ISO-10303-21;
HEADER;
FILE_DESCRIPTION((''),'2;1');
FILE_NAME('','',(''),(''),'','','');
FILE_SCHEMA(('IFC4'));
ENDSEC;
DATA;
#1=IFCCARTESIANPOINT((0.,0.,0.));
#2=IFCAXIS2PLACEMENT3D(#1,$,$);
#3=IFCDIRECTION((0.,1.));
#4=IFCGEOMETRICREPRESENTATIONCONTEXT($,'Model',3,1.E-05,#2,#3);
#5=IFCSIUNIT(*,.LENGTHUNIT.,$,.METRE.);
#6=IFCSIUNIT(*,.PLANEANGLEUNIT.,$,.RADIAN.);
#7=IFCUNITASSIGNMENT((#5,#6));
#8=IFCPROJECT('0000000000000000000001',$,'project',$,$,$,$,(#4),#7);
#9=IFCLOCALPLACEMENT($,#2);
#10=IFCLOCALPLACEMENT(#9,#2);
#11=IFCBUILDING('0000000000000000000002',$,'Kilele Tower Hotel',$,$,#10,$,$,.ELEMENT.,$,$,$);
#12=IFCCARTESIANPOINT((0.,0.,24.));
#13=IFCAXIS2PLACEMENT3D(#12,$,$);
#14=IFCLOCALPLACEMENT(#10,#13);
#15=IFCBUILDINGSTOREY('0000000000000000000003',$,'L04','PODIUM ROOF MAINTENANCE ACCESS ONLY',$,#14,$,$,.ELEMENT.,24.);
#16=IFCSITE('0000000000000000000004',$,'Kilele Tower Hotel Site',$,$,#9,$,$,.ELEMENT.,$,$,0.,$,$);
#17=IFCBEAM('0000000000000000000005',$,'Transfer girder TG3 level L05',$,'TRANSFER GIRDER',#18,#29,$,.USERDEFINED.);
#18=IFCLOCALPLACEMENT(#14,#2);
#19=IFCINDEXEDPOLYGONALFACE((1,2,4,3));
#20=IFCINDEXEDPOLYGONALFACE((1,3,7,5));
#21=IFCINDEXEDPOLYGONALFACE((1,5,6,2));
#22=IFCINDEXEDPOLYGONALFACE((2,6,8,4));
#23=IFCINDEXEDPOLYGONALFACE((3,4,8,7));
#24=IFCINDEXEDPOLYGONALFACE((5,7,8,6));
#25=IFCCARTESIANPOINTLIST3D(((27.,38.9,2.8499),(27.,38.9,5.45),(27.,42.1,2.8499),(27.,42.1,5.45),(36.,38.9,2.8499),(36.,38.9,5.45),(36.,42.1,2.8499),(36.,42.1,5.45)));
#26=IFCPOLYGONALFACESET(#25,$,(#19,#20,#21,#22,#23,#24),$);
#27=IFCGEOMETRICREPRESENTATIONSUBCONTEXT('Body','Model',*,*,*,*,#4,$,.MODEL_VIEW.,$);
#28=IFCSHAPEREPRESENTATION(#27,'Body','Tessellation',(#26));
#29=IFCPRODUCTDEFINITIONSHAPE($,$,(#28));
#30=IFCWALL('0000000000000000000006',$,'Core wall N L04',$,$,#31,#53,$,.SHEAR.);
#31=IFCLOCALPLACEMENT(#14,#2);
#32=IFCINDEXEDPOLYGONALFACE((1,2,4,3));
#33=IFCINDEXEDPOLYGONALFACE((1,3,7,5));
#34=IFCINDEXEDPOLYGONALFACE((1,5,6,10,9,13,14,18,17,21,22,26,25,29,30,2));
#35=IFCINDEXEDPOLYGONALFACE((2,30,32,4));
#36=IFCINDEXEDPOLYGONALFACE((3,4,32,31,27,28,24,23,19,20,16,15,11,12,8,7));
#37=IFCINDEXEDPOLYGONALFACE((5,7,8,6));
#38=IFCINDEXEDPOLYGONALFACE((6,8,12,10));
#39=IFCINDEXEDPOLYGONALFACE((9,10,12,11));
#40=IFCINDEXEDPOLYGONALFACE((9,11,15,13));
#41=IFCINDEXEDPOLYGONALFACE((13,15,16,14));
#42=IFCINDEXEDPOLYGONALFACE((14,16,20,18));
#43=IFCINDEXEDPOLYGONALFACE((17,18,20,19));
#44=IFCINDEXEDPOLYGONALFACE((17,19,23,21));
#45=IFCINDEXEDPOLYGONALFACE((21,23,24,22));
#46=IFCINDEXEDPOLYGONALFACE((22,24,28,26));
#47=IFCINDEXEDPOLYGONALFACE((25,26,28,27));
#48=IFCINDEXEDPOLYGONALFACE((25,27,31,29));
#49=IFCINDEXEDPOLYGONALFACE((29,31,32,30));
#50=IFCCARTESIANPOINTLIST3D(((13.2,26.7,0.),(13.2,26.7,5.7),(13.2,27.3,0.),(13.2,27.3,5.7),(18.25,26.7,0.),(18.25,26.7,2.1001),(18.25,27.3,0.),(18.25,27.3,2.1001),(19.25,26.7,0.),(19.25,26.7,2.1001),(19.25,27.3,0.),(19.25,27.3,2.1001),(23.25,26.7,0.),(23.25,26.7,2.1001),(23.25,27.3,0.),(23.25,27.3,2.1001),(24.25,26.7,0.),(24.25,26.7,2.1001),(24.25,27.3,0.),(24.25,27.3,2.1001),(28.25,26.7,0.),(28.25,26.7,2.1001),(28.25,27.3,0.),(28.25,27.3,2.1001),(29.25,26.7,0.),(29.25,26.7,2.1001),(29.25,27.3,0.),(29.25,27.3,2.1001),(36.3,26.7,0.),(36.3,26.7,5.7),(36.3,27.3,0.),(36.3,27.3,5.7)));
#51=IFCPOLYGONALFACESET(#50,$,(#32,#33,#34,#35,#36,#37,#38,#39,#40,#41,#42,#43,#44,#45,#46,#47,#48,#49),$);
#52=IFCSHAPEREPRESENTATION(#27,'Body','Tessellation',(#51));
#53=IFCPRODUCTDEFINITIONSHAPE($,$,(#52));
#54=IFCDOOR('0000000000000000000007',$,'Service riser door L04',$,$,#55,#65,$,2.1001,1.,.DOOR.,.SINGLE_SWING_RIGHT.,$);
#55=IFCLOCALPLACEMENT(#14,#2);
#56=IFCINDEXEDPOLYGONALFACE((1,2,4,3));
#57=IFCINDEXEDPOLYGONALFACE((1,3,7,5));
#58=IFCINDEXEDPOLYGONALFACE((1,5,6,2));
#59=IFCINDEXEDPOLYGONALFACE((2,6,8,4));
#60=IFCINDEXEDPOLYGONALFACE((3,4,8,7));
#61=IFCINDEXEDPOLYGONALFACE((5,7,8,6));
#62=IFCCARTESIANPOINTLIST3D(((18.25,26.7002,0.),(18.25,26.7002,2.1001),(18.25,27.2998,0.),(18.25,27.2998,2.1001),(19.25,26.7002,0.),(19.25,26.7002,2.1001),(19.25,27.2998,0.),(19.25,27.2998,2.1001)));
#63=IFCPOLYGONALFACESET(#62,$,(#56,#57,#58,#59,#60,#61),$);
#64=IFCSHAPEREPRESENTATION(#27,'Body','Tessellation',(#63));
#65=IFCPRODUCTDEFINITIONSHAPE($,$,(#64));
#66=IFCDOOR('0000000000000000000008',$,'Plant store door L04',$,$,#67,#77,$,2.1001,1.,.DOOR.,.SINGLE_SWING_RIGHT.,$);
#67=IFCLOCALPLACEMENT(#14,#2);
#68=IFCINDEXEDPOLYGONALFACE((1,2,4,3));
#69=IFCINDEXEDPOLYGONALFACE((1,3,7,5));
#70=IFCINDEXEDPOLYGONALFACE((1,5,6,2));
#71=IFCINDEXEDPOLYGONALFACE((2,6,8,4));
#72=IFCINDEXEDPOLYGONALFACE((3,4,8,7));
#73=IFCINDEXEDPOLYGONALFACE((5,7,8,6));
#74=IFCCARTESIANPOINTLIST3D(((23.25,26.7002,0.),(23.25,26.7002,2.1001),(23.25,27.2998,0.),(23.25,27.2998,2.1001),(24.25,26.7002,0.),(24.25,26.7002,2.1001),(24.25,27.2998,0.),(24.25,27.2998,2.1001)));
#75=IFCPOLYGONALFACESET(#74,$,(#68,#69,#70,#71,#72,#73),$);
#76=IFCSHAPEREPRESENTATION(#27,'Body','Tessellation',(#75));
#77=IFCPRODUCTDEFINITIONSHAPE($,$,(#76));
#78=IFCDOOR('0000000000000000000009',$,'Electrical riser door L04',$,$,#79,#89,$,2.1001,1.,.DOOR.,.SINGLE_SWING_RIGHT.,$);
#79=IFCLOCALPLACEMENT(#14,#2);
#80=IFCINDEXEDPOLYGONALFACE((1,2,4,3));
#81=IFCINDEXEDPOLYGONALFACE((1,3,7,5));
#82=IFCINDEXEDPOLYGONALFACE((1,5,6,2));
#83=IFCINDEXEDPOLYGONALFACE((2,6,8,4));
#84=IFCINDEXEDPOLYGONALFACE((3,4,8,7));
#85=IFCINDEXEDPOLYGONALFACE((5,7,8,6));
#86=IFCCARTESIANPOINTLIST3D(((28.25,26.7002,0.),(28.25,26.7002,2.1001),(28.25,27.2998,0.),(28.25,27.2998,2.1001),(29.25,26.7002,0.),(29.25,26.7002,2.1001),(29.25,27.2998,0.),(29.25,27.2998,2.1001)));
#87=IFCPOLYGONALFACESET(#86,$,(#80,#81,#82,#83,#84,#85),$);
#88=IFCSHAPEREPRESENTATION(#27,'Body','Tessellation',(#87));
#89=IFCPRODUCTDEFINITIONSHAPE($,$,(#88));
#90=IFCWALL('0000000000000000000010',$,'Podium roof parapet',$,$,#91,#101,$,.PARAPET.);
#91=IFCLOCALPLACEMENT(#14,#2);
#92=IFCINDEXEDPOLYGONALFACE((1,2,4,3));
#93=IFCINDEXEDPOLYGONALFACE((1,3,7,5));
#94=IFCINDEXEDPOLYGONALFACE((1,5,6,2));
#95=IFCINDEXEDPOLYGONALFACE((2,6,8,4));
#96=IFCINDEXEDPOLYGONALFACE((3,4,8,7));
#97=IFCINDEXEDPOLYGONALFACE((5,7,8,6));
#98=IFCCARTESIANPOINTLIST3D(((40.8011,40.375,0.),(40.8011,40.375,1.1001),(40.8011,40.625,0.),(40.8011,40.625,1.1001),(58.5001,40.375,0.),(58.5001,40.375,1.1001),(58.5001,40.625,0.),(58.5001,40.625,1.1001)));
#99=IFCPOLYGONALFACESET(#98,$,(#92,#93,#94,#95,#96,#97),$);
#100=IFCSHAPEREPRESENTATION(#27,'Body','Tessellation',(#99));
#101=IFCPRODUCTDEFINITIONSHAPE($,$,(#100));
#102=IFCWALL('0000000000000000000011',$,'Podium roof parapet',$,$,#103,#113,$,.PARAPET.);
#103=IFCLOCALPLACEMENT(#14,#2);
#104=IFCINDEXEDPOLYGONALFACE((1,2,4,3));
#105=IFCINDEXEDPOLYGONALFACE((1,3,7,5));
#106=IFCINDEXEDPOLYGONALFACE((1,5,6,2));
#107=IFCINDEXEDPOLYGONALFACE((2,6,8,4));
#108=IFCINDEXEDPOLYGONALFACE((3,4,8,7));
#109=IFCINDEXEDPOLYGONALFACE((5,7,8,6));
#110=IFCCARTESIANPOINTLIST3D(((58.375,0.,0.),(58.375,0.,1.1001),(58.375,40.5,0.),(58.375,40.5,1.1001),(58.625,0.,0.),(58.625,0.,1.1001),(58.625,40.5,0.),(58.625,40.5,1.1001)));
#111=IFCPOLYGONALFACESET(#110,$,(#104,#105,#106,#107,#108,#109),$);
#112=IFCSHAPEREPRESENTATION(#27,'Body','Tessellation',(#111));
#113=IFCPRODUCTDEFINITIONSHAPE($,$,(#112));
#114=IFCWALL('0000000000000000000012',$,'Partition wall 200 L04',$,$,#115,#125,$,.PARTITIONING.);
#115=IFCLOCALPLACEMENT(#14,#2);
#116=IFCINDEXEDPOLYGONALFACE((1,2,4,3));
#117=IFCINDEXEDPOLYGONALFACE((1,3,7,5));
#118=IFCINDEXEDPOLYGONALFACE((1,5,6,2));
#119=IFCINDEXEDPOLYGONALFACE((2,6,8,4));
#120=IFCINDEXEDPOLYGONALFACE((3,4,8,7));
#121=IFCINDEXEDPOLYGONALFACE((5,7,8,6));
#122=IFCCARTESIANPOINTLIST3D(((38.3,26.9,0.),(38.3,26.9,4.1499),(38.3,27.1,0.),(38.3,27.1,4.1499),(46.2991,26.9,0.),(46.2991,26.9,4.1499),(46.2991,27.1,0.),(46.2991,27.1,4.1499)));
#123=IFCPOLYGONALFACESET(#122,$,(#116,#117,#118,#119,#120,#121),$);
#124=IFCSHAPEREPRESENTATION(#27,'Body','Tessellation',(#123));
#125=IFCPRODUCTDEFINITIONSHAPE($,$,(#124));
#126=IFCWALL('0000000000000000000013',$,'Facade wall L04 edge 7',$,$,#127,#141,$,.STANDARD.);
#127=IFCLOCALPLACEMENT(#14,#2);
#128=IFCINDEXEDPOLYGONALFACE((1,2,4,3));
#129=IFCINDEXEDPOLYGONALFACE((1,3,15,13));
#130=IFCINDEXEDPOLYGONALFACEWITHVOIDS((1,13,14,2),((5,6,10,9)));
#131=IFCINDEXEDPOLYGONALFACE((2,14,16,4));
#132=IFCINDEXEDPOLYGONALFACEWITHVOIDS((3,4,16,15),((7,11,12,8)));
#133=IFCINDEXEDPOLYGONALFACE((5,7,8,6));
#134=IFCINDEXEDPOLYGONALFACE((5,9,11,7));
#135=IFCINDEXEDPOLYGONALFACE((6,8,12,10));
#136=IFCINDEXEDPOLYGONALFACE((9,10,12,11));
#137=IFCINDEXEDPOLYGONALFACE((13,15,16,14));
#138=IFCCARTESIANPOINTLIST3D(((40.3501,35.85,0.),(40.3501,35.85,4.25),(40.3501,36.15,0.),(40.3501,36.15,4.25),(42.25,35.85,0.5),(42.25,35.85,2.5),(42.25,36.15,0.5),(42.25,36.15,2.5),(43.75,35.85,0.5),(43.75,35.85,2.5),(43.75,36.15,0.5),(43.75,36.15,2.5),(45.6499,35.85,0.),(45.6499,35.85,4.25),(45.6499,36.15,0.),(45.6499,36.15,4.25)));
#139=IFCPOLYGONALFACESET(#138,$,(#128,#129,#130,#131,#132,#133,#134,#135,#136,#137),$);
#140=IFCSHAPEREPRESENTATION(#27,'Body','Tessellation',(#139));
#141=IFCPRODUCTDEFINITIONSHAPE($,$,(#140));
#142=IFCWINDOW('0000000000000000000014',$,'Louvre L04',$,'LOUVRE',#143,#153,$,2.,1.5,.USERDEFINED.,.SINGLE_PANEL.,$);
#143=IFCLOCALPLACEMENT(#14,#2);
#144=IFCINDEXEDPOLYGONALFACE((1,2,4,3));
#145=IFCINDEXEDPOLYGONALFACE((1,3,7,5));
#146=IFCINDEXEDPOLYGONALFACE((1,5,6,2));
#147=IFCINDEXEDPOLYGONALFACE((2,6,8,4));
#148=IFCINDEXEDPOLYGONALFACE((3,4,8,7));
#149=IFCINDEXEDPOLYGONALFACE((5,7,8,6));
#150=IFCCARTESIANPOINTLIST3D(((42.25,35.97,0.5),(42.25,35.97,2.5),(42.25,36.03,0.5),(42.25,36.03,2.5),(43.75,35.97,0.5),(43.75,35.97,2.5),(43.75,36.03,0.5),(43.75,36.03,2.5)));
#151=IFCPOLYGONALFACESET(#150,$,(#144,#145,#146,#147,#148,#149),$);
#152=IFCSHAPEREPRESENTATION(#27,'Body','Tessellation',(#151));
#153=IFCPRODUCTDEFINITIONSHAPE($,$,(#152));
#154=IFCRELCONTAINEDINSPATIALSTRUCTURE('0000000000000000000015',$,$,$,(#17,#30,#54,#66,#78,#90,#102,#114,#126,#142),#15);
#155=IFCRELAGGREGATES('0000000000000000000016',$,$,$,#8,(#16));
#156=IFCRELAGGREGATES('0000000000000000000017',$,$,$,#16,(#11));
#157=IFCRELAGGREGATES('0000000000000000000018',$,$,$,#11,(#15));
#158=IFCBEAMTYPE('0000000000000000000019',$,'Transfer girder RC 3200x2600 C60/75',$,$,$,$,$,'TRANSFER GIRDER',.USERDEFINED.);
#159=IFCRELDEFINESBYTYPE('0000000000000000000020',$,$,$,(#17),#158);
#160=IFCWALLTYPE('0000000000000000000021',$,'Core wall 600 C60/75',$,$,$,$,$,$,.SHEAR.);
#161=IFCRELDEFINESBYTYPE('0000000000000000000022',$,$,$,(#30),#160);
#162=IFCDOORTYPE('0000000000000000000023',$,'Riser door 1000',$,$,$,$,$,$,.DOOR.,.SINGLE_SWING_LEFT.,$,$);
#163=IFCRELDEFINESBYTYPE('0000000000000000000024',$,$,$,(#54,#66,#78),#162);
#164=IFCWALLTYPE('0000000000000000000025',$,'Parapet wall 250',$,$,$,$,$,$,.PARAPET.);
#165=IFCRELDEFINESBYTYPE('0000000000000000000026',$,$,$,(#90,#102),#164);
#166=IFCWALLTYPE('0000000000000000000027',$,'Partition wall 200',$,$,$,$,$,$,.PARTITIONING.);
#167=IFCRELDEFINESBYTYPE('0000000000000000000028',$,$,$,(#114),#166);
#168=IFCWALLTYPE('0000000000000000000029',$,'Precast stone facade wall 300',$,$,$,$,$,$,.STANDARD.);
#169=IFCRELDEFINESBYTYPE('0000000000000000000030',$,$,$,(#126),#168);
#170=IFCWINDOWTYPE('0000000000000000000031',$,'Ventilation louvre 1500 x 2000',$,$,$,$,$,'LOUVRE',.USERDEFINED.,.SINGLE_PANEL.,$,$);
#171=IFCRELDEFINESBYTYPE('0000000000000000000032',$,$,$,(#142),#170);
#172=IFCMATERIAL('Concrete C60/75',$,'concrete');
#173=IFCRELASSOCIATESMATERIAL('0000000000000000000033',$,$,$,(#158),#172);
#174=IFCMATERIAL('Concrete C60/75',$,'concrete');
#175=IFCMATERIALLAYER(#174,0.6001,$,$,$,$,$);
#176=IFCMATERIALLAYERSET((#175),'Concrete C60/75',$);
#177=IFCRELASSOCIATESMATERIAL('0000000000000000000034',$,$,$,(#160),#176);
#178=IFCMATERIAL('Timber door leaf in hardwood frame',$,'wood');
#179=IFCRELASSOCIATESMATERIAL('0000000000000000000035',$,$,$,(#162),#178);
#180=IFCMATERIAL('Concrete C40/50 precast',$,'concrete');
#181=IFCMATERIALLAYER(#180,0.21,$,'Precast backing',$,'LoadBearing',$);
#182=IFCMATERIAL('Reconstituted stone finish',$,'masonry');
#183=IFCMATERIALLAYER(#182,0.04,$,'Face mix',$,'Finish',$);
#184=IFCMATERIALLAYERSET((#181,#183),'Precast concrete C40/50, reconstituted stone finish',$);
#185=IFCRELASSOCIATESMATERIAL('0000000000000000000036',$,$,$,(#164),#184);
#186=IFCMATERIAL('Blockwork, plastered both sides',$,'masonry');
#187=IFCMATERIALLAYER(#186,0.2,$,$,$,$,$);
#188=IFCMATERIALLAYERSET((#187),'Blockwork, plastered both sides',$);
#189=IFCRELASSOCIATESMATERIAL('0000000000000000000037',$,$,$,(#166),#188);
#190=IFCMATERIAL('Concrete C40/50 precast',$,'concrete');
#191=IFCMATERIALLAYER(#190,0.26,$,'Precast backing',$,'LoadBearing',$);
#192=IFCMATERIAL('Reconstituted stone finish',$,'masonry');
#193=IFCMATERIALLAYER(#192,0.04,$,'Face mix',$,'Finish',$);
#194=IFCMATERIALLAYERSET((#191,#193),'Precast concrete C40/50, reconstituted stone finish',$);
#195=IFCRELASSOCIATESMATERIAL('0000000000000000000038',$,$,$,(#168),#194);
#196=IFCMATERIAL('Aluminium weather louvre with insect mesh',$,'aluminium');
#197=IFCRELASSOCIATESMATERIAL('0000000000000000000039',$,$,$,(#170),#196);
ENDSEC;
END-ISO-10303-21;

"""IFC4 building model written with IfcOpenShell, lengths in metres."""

from ifc_helpers import new_model, si_unit, direction, frame, frame_2d, origin, origin_2d, place, context, subcontext, project, spatial, rectangle, extrude, material, layer, layer_set, material_profile, profile_set, type_object, element, fill, save


model = new_model("IFC4")

# Units and contexts
model_context = context("Model", 3, precision=1e-05, world=origin(), true_north=direction((0.0, 1.0)))
body_context = subcontext(model_context, "Body", "Model", "MODEL_VIEW")
ifc_project = project(units=[si_unit("LENGTHUNIT", "METRE"), si_unit("PLANEANGLEUNIT", "RADIAN")], contexts=[model_context])

# Site, building, storey
site_placement = place(None, origin())
site = spatial("IfcSite", under=ifc_project, at=site_placement, Name="Kilele Tower Hotel Site", CompositionType="ELEMENT", RefElevation=0.0)
building_placement = place(site_placement, origin())
building = spatial("IfcBuilding", under=site, at=building_placement, Name="Kilele Tower Hotel", CompositionType="ELEMENT")
storey_placement = place(building_placement, frame((0.0, 0.0, 24.0)))
storey = spatial("IfcBuildingStorey", under=building, at=storey_placement, Name="L04", Description="PODIUM ROOF MAINTENANCE ACCESS ONLY", CompositionType="ELEMENT", Elevation=24.0)

# Beam
ifc_material_1 = material(Name="Concrete C60/75", Category="concrete")
ifc_material_profile_1 = material_profile(ifc_material_1, rectangle(XDim=3.2, YDim=2.6001, at=origin_2d()))
ifc_profile_set_1 = profile_set([ifc_material_profile_1], Name="Concrete C60/75")
beam_type_1 = type_object("IfcBeamType", Name="Transfer girder RC 3200x2600 C60/75", ElementType="TRANSFER GIRDER", PredefinedType="USERDEFINED", material=ifc_profile_set_1)
beam_1_placement = place(storey_placement, frame((36.0, 40.5, 4.1499), z_axis=(-1.0, 0.0, 0.0), x_axis=(0.0, -1.0, 0.0)))
element("IfcBeam", 1, at=beam_1_placement, inside=storey, type_object=beam_type_1, Name="Transfer girder TG3 level L05", ObjectType="TRANSFER GIRDER", PredefinedType="USERDEFINED", context=body_context, shape_type="SweptSolid", body=[
    extrude(rectangle(XDim=3.2, YDim=2.6001, at=origin_2d()), origin(), (0.0, 0.0, 1.0), 9.0),
])

# Wall, openings, doors
ifc_material_2 = material(Name="Concrete C60/75", Category="concrete")
ifc_layer_1 = layer(ifc_material_2, 0.6001)
ifc_layer_set_1 = layer_set([ifc_layer_1], Name="Concrete C60/75")
wall_type_1 = type_object("IfcWallType", Name="Core wall 600 C60/75", PredefinedType="SHEAR", material=ifc_layer_set_1)
wall_1_placement = place(storey_placement, frame((36.3, 27.0, 0.0), z_axis=(0.0, 0.0, 1.0), x_axis=(-1.0, 0.0, 0.0)))
wall_1 = element("IfcWall", 2, at=wall_1_placement, inside=storey, type_object=wall_type_1, Name="Core wall N L04", PredefinedType="SHEAR", context=body_context, shape_type="SweptSolid", body=[
    extrude(rectangle(XDim=23.1001, YDim=0.6001, at=frame_2d((11.55, 0.0))), origin(), (0.0, 0.0, 1.0), 5.7),
])
opening_1_placement = place(wall_1_placement, frame((17.05, 0.0, 0.0)))
opening_1 = element("IfcOpeningElement", 3, at=opening_1_placement, cuts=wall_1, PredefinedType="OPENING", context=body_context, shape_type="SweptSolid", body=[
    extrude(rectangle(XDim=1.0, YDim=2.1001, at=frame_2d((0.5, 1.05))), frame((0.0, 0.3101, 0.0), z_axis=(0.0, -1.0, 0.0), x_axis=(1.0, 0.0, 0.0)), (0.0, 0.0, 1.0), 0.6201),
])
opening_2_placement = place(wall_1_placement, frame((12.05, 0.0, 0.0)))
opening_2 = element("IfcOpeningElement", 4, at=opening_2_placement, cuts=wall_1, PredefinedType="OPENING", context=body_context, shape_type="SweptSolid", body=[
    extrude(rectangle(XDim=1.0, YDim=2.1001, at=frame_2d((0.5, 1.05))), frame((0.0, 0.3101, 0.0), z_axis=(0.0, -1.0, 0.0), x_axis=(1.0, 0.0, 0.0)), (0.0, 0.0, 1.0), 0.6201),
])
opening_3_placement = place(wall_1_placement, frame((7.05, 0.0, 0.0)))
opening_3 = element("IfcOpeningElement", 5, at=opening_3_placement, cuts=wall_1, PredefinedType="OPENING", context=body_context, shape_type="SweptSolid", body=[
    extrude(rectangle(XDim=1.0, YDim=2.1001, at=frame_2d((0.5, 1.05))), frame((0.0, 0.3101, 0.0), z_axis=(0.0, -1.0, 0.0), x_axis=(1.0, 0.0, 0.0)), (0.0, 0.0, 1.0), 0.6201),
])
ifc_material_3 = material(Name="Timber door leaf in hardwood frame", Category="wood")
door_type = type_object("IfcDoorType", Name="Riser door 1000", OperationType="SINGLE_SWING_LEFT", PredefinedType="DOOR", material=ifc_material_3)
door_1_placement = place(opening_1_placement, origin())
door_1 = element("IfcDoor", 6, at=door_1_placement, inside=storey, type_object=door_type, Name="Service riser door L04", OperationType="SINGLE_SWING_RIGHT", OverallHeight=2.1001, OverallWidth=1.0, PredefinedType="DOOR", context=body_context, shape_type="SweptSolid", body=[
    extrude(rectangle(XDim=1.0, YDim=2.1001, at=frame_2d((0.5, 1.05))), frame((0.0, 0.2998, 0.0), z_axis=(0.0, -1.0, 0.0), x_axis=(1.0, 0.0, 0.0)), (0.0, 0.0, 1.0), 0.5996),
])
fill(opening_1, door_1)
door_2_placement = place(opening_2_placement, origin())
door_2 = element("IfcDoor", 7, at=door_2_placement, inside=storey, type_object=door_type, Name="Plant store door L04", OperationType="SINGLE_SWING_RIGHT", OverallHeight=2.1001, OverallWidth=1.0, PredefinedType="DOOR", context=body_context, shape_type="SweptSolid", body=[
    extrude(rectangle(XDim=1.0, YDim=2.1001, at=frame_2d((0.5, 1.05))), frame((0.0, 0.2998, 0.0), z_axis=(0.0, -1.0, 0.0), x_axis=(1.0, 0.0, 0.0)), (0.0, 0.0, 1.0), 0.5996),
])
fill(opening_2, door_2)
door_3_placement = place(opening_3_placement, origin())
door_3 = element("IfcDoor", 8, at=door_3_placement, inside=storey, type_object=door_type, Name="Electrical riser door L04", OperationType="SINGLE_SWING_RIGHT", OverallHeight=2.1001, OverallWidth=1.0, PredefinedType="DOOR", context=body_context, shape_type="SweptSolid", body=[
    extrude(rectangle(XDim=1.0, YDim=2.1001, at=frame_2d((0.5, 1.05))), frame((0.0, 0.2998, 0.0), z_axis=(0.0, -1.0, 0.0), x_axis=(1.0, 0.0, 0.0)), (0.0, 0.0, 1.0), 0.5996),
])
fill(opening_3, door_3)

# Walls
ifc_material_4 = material(Name="Concrete C40/50 precast", Category="concrete")
ifc_layer_2 = layer(ifc_material_4, 0.21, Name="Precast backing", Category="LoadBearing")
ifc_material_5 = material(Name="Reconstituted stone finish", Category="masonry")
ifc_layer_3 = layer(ifc_material_5, 0.04, Name="Face mix", Category="Finish")
ifc_layer_set_2 = layer_set([ifc_layer_2, ifc_layer_3], Name="Precast concrete C40/50, reconstituted stone finish")
wall_type_2 = type_object("IfcWallType", Name="Parapet wall 250", PredefinedType="PARAPET", material=ifc_layer_set_2)
wall_2_placement = place(storey_placement, frame((40.801, 40.5, 0.0), z_axis=(0.0, 0.0, 1.0), x_axis=(1.0, 0.0, 0.0)))
element("IfcWall", 9, at=wall_2_placement, inside=storey, type_object=wall_type_2, Name="Podium roof parapet", PredefinedType="PARAPET", context=body_context, shape_type="SweptSolid", body=[
    extrude(rectangle(XDim=17.699, YDim=0.25, at=frame_2d((8.8496, 0.0))), origin(), (0.0, 0.0, 1.0), 1.1001),
])
wall_3_placement = place(storey_placement, frame((58.5, 40.5, 0.0), z_axis=(0.0, 0.0, 1.0), x_axis=(0.0, -1.0, 0.0)))
element("IfcWall", 10, at=wall_3_placement, inside=storey, type_object=wall_type_2, Name="Podium roof parapet", PredefinedType="PARAPET", context=body_context, shape_type="SweptSolid", body=[
    extrude(rectangle(XDim=40.5, YDim=0.25, at=frame_2d((20.25, 0.0))), origin(), (0.0, 0.0, 1.0), 1.1001),
])
ifc_material_6 = material(Name="Blockwork, plastered both sides", Category="masonry")
ifc_layer_4 = layer(ifc_material_6, 0.2)
ifc_layer_set_3 = layer_set([ifc_layer_4], Name="Blockwork, plastered both sides")
wall_type_3 = type_object("IfcWallType", Name="Partition wall 200", PredefinedType="PARTITIONING", material=ifc_layer_set_3)
wall_4_placement = place(storey_placement, frame((38.3, 27.0, 0.0), z_axis=(0.0, 0.0, 1.0), x_axis=(1.0, 0.0, 0.0)))
element("IfcWall", 11, at=wall_4_placement, inside=storey, type_object=wall_type_3, Name="Partition wall 200 L04", PredefinedType="PARTITIONING", context=body_context, shape_type="SweptSolid", body=[
    extrude(rectangle(XDim=7.999, YDim=0.2, at=frame_2d((3.9995, 0.0))), origin(), (0.0, 0.0, 1.0), 4.1499),
])

# Wall, opening, window
ifc_material_7 = material(Name="Concrete C40/50 precast", Category="concrete")
ifc_layer_5 = layer(ifc_material_7, 0.26, Name="Precast backing", Category="LoadBearing")
ifc_material_8 = material(Name="Reconstituted stone finish", Category="masonry")
ifc_layer_6 = layer(ifc_material_8, 0.04, Name="Face mix", Category="Finish")
ifc_layer_set_4 = layer_set([ifc_layer_5, ifc_layer_6], Name="Precast concrete C40/50, reconstituted stone finish")
wall_type_4 = type_object("IfcWallType", Name="Precast stone facade wall 300", PredefinedType="STANDARD", material=ifc_layer_set_4)
wall_5_placement = place(storey_placement, frame((45.6499, 36.0, 0.0), z_axis=(0.0, 0.0, 1.0), x_axis=(-1.0, 0.0, 0.0)))
wall_5 = element("IfcWall", 12, at=wall_5_placement, inside=storey, type_object=wall_type_4, Name="Facade wall L04 edge 7", PredefinedType="STANDARD", context=body_context, shape_type="SweptSolid", body=[
    extrude(rectangle(XDim=5.2998, YDim=0.3, at=frame_2d((2.6499, 0.0))), origin(), (0.0, 0.0, 1.0), 4.25),
])
opening_4_placement = place(wall_5_placement, frame((1.8999, 0.0, 0.5)))
opening_4 = element("IfcOpeningElement", 13, at=opening_4_placement, cuts=wall_5, PredefinedType="OPENING", context=body_context, shape_type="SweptSolid", body=[
    extrude(rectangle(XDim=1.5, YDim=2.0, at=frame_2d((0.75, 1.0))), frame((0.0, 0.1599, 0.0), z_axis=(0.0, -1.0, 0.0), x_axis=(1.0, 0.0, 0.0)), (0.0, 0.0, 1.0), 0.3201),
])
ifc_material_9 = material(Name="Aluminium weather louvre with insect mesh", Category="aluminium")
window_type_1 = type_object("IfcWindowType", Name="Ventilation louvre 1500 x 2000", ElementType="LOUVRE", PartitioningType="SINGLE_PANEL", PredefinedType="USERDEFINED", material=ifc_material_9)
window_1_placement = place(opening_4_placement, origin())
window_1 = element("IfcWindow", 14, at=window_1_placement, inside=storey, type_object=window_type_1, Name="Louvre L04", ObjectType="LOUVRE", OverallHeight=2.0, OverallWidth=1.5, PartitioningType="SINGLE_PANEL", PredefinedType="USERDEFINED", context=body_context, shape_type="SweptSolid", body=[
    extrude(rectangle(XDim=1.5, YDim=2.0, at=frame_2d((0.75, 1.0))), frame((0.0, 0.03, 0.0), z_axis=(0.0, -1.0, 0.0), x_axis=(1.0, 0.0, 0.0)), (0.0, 0.0, 1.0), 0.0601),
])
fill(opening_4, window_1)

save(model, "model.ifc")
